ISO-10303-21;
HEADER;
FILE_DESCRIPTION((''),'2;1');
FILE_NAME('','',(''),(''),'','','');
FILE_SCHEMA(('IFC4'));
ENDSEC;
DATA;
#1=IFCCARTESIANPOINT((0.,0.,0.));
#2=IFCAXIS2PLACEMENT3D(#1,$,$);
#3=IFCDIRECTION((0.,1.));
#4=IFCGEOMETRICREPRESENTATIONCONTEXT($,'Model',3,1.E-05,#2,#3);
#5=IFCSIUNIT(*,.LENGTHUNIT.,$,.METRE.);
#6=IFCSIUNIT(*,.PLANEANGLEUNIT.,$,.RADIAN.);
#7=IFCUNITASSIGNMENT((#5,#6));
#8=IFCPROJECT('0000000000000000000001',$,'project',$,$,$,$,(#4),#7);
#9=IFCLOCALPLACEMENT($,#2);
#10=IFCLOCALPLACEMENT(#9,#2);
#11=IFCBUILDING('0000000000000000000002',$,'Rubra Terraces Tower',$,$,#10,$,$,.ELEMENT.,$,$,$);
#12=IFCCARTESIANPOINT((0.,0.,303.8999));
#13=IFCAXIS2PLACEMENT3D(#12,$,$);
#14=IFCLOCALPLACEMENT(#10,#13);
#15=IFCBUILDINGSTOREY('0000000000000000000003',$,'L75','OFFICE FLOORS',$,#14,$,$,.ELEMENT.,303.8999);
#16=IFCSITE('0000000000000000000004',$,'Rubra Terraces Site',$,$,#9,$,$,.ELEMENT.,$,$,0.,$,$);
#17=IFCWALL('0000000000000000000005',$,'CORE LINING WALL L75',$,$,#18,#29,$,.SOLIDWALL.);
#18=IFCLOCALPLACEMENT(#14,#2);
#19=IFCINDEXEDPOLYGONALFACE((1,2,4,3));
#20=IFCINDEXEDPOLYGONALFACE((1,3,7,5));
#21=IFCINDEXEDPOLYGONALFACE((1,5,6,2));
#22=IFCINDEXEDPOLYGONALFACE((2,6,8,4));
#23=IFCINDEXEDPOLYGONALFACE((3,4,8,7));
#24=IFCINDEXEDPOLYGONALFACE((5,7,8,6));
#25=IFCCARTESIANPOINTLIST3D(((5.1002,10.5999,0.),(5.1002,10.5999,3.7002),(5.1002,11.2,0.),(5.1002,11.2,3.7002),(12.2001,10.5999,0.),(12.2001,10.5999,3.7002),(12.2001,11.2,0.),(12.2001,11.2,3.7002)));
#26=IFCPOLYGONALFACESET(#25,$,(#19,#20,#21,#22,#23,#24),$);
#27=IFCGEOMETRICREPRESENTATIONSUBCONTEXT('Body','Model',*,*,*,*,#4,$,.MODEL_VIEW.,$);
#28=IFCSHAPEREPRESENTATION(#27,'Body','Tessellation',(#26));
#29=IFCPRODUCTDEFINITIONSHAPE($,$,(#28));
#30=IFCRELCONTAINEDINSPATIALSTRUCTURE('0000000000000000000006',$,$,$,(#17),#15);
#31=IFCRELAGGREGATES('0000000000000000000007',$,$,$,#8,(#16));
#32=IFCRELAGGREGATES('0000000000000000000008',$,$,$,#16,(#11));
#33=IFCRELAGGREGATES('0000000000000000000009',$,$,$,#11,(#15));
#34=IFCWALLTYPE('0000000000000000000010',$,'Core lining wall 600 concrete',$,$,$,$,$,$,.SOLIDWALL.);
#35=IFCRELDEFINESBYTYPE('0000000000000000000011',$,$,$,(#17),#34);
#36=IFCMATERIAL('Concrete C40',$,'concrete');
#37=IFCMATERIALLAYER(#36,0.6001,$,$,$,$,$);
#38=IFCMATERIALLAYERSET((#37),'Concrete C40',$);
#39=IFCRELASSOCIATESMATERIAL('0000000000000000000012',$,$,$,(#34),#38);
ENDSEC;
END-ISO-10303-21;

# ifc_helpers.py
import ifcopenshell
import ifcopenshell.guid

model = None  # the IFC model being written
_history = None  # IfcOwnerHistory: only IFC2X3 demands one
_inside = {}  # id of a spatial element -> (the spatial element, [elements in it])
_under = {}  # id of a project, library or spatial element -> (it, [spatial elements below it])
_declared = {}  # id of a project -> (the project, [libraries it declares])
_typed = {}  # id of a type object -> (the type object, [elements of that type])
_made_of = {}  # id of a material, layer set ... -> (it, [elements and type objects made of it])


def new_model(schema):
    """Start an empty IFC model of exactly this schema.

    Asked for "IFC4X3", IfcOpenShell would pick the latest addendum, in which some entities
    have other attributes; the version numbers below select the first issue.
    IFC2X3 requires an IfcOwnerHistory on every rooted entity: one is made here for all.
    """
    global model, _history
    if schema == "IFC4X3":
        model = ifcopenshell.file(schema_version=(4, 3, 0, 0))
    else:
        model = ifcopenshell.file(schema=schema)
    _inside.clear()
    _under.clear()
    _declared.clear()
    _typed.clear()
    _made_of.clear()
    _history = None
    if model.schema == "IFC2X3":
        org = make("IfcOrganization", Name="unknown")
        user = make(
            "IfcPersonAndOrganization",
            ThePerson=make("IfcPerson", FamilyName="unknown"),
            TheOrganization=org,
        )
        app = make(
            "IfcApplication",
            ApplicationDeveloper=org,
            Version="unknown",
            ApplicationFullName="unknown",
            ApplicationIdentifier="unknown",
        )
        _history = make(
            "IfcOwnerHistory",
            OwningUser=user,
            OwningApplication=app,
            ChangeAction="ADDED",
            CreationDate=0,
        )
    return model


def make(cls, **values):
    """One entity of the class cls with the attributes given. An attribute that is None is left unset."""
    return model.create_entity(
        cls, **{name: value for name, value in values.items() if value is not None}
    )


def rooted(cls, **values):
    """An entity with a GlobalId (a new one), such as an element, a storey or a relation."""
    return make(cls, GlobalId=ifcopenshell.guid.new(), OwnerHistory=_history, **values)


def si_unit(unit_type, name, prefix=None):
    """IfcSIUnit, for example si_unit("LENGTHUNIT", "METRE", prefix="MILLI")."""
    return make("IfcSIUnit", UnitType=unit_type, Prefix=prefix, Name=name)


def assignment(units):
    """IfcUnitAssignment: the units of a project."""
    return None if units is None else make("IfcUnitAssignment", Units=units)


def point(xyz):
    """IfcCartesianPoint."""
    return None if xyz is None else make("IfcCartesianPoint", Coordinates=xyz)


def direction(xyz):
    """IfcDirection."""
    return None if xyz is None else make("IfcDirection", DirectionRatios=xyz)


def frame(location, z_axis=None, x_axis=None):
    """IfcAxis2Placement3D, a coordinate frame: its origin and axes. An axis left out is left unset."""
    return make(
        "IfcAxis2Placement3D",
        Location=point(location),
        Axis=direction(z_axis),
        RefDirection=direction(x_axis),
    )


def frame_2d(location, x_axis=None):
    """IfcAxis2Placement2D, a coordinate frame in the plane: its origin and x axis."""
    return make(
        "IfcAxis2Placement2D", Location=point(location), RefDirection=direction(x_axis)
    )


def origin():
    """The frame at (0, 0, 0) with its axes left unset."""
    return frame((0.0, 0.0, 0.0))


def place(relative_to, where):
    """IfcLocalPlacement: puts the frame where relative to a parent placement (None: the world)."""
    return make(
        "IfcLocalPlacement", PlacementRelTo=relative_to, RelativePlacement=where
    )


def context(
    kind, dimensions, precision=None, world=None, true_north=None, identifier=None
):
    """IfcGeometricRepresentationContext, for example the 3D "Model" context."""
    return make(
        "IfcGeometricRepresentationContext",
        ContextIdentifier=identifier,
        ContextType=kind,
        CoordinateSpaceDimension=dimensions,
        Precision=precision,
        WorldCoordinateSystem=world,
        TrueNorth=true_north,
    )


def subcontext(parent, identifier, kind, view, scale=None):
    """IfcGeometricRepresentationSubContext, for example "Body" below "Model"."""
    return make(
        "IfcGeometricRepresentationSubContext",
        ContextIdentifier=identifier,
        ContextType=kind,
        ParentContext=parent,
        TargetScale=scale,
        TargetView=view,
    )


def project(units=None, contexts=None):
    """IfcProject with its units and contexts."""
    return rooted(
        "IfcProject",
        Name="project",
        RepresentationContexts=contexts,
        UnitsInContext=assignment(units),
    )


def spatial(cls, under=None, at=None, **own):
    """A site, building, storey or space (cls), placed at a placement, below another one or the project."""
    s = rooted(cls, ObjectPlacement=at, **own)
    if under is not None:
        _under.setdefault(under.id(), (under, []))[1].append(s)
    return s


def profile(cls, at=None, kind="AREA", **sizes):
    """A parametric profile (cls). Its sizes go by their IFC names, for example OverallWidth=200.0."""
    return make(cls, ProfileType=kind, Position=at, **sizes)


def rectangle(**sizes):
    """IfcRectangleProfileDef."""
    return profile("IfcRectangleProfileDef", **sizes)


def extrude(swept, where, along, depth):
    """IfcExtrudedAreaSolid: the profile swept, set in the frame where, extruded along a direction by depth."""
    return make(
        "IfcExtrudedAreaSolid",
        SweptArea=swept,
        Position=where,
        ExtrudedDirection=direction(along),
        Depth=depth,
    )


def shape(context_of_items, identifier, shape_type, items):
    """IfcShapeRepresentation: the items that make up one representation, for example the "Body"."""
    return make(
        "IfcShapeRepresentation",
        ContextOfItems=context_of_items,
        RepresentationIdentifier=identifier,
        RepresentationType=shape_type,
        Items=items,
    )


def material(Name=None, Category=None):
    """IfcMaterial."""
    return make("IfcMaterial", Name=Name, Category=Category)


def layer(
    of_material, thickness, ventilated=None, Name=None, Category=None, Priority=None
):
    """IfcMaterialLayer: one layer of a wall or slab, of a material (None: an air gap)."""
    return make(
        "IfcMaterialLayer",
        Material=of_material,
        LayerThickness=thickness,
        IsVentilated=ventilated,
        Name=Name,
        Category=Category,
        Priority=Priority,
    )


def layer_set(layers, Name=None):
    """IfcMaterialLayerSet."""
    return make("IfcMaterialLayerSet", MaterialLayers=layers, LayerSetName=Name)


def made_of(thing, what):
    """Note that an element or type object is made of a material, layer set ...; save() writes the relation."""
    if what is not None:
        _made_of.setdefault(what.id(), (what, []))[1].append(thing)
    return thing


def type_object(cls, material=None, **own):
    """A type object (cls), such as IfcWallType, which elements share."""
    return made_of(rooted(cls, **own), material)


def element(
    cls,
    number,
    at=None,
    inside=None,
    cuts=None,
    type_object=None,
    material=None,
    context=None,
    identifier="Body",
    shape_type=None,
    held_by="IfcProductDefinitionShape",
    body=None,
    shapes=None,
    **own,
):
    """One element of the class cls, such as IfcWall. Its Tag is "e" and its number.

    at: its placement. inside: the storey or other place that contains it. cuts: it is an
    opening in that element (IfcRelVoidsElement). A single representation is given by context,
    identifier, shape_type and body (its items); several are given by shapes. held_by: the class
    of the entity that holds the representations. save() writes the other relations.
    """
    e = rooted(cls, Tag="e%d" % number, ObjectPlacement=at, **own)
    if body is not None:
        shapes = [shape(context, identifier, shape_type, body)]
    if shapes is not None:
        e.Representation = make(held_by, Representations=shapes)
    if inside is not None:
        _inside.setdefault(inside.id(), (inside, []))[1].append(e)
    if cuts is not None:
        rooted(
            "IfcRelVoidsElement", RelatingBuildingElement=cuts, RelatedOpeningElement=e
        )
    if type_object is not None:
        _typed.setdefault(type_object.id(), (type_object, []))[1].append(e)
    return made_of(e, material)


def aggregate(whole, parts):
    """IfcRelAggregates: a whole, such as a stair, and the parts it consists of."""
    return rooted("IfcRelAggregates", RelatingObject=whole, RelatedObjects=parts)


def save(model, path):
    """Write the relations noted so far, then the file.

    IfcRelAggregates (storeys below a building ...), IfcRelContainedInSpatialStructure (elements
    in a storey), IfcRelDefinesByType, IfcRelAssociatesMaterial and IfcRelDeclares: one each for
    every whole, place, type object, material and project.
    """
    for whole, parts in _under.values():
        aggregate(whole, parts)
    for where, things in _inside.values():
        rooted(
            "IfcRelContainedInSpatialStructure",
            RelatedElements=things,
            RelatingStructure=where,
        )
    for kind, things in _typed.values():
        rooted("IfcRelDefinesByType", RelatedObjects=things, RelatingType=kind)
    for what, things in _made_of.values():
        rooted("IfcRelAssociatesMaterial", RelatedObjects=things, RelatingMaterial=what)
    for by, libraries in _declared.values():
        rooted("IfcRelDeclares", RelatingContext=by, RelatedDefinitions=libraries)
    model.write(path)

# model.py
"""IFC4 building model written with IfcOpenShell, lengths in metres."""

from ifc_helpers import new_model, si_unit, direction, frame, frame_2d, origin, place, context, subcontext, project, spatial, rectangle, extrude, material, layer, layer_set, type_object, element, save


model = new_model("IFC4")

# Units and contexts
model_context = context("Model", 3, precision=1e-05, world=origin(), true_north=direction((0.0, 1.0)))
body_context = subcontext(model_context, "Body", "Model", "MODEL_VIEW")
ifc_project = project(units=[si_unit("LENGTHUNIT", "METRE"), si_unit("PLANEANGLEUNIT", "RADIAN")], contexts=[model_context])

# Site, building, storey
site_placement = place(None, origin())
site = spatial("IfcSite", under=ifc_project, at=site_placement, Name="Rubra Terraces Site", CompositionType="ELEMENT", RefElevation=0.0)
building_placement = place(site_placement, origin())
building = spatial("IfcBuilding", under=site, at=building_placement, Name="Rubra Terraces Tower", CompositionType="ELEMENT")
storey_placement = place(building_placement, frame((0.0, 0.0, 303.8999)))
storey = spatial("IfcBuildingStorey", under=building, at=storey_placement, Name="L75", Description="OFFICE FLOORS", CompositionType="ELEMENT", Elevation=303.8999)

# Wall
ifc_material_1 = material(Name="Concrete C40", Category="concrete")
ifc_layer_1 = layer(ifc_material_1, 0.6001)
ifc_layer_set_1 = layer_set([ifc_layer_1], Name="Concrete C40")
wall_type_1 = type_object("IfcWallType", Name="Core lining wall 600 concrete", PredefinedType="SOLIDWALL", material=ifc_layer_set_1)
wall_1_placement = place(storey_placement, frame((12.2, 10.8999, 0.0), z_axis=(0.0, 0.0, 1.0), x_axis=(-1.0, 0.0, 0.0)))
element("IfcWall", 1, at=wall_1_placement, inside=storey, type_object=wall_type_1, Name="CORE LINING WALL L75", PredefinedType="SOLIDWALL", context=body_context, shape_type="SweptSolid", body=[
    extrude(rectangle(XDim=7.0999, YDim=0.6001, at=frame_2d((3.5498, 0.0))), origin(), (0.0, 0.0, 1.0), 3.7002),
])

save(model, "model.ifc")
